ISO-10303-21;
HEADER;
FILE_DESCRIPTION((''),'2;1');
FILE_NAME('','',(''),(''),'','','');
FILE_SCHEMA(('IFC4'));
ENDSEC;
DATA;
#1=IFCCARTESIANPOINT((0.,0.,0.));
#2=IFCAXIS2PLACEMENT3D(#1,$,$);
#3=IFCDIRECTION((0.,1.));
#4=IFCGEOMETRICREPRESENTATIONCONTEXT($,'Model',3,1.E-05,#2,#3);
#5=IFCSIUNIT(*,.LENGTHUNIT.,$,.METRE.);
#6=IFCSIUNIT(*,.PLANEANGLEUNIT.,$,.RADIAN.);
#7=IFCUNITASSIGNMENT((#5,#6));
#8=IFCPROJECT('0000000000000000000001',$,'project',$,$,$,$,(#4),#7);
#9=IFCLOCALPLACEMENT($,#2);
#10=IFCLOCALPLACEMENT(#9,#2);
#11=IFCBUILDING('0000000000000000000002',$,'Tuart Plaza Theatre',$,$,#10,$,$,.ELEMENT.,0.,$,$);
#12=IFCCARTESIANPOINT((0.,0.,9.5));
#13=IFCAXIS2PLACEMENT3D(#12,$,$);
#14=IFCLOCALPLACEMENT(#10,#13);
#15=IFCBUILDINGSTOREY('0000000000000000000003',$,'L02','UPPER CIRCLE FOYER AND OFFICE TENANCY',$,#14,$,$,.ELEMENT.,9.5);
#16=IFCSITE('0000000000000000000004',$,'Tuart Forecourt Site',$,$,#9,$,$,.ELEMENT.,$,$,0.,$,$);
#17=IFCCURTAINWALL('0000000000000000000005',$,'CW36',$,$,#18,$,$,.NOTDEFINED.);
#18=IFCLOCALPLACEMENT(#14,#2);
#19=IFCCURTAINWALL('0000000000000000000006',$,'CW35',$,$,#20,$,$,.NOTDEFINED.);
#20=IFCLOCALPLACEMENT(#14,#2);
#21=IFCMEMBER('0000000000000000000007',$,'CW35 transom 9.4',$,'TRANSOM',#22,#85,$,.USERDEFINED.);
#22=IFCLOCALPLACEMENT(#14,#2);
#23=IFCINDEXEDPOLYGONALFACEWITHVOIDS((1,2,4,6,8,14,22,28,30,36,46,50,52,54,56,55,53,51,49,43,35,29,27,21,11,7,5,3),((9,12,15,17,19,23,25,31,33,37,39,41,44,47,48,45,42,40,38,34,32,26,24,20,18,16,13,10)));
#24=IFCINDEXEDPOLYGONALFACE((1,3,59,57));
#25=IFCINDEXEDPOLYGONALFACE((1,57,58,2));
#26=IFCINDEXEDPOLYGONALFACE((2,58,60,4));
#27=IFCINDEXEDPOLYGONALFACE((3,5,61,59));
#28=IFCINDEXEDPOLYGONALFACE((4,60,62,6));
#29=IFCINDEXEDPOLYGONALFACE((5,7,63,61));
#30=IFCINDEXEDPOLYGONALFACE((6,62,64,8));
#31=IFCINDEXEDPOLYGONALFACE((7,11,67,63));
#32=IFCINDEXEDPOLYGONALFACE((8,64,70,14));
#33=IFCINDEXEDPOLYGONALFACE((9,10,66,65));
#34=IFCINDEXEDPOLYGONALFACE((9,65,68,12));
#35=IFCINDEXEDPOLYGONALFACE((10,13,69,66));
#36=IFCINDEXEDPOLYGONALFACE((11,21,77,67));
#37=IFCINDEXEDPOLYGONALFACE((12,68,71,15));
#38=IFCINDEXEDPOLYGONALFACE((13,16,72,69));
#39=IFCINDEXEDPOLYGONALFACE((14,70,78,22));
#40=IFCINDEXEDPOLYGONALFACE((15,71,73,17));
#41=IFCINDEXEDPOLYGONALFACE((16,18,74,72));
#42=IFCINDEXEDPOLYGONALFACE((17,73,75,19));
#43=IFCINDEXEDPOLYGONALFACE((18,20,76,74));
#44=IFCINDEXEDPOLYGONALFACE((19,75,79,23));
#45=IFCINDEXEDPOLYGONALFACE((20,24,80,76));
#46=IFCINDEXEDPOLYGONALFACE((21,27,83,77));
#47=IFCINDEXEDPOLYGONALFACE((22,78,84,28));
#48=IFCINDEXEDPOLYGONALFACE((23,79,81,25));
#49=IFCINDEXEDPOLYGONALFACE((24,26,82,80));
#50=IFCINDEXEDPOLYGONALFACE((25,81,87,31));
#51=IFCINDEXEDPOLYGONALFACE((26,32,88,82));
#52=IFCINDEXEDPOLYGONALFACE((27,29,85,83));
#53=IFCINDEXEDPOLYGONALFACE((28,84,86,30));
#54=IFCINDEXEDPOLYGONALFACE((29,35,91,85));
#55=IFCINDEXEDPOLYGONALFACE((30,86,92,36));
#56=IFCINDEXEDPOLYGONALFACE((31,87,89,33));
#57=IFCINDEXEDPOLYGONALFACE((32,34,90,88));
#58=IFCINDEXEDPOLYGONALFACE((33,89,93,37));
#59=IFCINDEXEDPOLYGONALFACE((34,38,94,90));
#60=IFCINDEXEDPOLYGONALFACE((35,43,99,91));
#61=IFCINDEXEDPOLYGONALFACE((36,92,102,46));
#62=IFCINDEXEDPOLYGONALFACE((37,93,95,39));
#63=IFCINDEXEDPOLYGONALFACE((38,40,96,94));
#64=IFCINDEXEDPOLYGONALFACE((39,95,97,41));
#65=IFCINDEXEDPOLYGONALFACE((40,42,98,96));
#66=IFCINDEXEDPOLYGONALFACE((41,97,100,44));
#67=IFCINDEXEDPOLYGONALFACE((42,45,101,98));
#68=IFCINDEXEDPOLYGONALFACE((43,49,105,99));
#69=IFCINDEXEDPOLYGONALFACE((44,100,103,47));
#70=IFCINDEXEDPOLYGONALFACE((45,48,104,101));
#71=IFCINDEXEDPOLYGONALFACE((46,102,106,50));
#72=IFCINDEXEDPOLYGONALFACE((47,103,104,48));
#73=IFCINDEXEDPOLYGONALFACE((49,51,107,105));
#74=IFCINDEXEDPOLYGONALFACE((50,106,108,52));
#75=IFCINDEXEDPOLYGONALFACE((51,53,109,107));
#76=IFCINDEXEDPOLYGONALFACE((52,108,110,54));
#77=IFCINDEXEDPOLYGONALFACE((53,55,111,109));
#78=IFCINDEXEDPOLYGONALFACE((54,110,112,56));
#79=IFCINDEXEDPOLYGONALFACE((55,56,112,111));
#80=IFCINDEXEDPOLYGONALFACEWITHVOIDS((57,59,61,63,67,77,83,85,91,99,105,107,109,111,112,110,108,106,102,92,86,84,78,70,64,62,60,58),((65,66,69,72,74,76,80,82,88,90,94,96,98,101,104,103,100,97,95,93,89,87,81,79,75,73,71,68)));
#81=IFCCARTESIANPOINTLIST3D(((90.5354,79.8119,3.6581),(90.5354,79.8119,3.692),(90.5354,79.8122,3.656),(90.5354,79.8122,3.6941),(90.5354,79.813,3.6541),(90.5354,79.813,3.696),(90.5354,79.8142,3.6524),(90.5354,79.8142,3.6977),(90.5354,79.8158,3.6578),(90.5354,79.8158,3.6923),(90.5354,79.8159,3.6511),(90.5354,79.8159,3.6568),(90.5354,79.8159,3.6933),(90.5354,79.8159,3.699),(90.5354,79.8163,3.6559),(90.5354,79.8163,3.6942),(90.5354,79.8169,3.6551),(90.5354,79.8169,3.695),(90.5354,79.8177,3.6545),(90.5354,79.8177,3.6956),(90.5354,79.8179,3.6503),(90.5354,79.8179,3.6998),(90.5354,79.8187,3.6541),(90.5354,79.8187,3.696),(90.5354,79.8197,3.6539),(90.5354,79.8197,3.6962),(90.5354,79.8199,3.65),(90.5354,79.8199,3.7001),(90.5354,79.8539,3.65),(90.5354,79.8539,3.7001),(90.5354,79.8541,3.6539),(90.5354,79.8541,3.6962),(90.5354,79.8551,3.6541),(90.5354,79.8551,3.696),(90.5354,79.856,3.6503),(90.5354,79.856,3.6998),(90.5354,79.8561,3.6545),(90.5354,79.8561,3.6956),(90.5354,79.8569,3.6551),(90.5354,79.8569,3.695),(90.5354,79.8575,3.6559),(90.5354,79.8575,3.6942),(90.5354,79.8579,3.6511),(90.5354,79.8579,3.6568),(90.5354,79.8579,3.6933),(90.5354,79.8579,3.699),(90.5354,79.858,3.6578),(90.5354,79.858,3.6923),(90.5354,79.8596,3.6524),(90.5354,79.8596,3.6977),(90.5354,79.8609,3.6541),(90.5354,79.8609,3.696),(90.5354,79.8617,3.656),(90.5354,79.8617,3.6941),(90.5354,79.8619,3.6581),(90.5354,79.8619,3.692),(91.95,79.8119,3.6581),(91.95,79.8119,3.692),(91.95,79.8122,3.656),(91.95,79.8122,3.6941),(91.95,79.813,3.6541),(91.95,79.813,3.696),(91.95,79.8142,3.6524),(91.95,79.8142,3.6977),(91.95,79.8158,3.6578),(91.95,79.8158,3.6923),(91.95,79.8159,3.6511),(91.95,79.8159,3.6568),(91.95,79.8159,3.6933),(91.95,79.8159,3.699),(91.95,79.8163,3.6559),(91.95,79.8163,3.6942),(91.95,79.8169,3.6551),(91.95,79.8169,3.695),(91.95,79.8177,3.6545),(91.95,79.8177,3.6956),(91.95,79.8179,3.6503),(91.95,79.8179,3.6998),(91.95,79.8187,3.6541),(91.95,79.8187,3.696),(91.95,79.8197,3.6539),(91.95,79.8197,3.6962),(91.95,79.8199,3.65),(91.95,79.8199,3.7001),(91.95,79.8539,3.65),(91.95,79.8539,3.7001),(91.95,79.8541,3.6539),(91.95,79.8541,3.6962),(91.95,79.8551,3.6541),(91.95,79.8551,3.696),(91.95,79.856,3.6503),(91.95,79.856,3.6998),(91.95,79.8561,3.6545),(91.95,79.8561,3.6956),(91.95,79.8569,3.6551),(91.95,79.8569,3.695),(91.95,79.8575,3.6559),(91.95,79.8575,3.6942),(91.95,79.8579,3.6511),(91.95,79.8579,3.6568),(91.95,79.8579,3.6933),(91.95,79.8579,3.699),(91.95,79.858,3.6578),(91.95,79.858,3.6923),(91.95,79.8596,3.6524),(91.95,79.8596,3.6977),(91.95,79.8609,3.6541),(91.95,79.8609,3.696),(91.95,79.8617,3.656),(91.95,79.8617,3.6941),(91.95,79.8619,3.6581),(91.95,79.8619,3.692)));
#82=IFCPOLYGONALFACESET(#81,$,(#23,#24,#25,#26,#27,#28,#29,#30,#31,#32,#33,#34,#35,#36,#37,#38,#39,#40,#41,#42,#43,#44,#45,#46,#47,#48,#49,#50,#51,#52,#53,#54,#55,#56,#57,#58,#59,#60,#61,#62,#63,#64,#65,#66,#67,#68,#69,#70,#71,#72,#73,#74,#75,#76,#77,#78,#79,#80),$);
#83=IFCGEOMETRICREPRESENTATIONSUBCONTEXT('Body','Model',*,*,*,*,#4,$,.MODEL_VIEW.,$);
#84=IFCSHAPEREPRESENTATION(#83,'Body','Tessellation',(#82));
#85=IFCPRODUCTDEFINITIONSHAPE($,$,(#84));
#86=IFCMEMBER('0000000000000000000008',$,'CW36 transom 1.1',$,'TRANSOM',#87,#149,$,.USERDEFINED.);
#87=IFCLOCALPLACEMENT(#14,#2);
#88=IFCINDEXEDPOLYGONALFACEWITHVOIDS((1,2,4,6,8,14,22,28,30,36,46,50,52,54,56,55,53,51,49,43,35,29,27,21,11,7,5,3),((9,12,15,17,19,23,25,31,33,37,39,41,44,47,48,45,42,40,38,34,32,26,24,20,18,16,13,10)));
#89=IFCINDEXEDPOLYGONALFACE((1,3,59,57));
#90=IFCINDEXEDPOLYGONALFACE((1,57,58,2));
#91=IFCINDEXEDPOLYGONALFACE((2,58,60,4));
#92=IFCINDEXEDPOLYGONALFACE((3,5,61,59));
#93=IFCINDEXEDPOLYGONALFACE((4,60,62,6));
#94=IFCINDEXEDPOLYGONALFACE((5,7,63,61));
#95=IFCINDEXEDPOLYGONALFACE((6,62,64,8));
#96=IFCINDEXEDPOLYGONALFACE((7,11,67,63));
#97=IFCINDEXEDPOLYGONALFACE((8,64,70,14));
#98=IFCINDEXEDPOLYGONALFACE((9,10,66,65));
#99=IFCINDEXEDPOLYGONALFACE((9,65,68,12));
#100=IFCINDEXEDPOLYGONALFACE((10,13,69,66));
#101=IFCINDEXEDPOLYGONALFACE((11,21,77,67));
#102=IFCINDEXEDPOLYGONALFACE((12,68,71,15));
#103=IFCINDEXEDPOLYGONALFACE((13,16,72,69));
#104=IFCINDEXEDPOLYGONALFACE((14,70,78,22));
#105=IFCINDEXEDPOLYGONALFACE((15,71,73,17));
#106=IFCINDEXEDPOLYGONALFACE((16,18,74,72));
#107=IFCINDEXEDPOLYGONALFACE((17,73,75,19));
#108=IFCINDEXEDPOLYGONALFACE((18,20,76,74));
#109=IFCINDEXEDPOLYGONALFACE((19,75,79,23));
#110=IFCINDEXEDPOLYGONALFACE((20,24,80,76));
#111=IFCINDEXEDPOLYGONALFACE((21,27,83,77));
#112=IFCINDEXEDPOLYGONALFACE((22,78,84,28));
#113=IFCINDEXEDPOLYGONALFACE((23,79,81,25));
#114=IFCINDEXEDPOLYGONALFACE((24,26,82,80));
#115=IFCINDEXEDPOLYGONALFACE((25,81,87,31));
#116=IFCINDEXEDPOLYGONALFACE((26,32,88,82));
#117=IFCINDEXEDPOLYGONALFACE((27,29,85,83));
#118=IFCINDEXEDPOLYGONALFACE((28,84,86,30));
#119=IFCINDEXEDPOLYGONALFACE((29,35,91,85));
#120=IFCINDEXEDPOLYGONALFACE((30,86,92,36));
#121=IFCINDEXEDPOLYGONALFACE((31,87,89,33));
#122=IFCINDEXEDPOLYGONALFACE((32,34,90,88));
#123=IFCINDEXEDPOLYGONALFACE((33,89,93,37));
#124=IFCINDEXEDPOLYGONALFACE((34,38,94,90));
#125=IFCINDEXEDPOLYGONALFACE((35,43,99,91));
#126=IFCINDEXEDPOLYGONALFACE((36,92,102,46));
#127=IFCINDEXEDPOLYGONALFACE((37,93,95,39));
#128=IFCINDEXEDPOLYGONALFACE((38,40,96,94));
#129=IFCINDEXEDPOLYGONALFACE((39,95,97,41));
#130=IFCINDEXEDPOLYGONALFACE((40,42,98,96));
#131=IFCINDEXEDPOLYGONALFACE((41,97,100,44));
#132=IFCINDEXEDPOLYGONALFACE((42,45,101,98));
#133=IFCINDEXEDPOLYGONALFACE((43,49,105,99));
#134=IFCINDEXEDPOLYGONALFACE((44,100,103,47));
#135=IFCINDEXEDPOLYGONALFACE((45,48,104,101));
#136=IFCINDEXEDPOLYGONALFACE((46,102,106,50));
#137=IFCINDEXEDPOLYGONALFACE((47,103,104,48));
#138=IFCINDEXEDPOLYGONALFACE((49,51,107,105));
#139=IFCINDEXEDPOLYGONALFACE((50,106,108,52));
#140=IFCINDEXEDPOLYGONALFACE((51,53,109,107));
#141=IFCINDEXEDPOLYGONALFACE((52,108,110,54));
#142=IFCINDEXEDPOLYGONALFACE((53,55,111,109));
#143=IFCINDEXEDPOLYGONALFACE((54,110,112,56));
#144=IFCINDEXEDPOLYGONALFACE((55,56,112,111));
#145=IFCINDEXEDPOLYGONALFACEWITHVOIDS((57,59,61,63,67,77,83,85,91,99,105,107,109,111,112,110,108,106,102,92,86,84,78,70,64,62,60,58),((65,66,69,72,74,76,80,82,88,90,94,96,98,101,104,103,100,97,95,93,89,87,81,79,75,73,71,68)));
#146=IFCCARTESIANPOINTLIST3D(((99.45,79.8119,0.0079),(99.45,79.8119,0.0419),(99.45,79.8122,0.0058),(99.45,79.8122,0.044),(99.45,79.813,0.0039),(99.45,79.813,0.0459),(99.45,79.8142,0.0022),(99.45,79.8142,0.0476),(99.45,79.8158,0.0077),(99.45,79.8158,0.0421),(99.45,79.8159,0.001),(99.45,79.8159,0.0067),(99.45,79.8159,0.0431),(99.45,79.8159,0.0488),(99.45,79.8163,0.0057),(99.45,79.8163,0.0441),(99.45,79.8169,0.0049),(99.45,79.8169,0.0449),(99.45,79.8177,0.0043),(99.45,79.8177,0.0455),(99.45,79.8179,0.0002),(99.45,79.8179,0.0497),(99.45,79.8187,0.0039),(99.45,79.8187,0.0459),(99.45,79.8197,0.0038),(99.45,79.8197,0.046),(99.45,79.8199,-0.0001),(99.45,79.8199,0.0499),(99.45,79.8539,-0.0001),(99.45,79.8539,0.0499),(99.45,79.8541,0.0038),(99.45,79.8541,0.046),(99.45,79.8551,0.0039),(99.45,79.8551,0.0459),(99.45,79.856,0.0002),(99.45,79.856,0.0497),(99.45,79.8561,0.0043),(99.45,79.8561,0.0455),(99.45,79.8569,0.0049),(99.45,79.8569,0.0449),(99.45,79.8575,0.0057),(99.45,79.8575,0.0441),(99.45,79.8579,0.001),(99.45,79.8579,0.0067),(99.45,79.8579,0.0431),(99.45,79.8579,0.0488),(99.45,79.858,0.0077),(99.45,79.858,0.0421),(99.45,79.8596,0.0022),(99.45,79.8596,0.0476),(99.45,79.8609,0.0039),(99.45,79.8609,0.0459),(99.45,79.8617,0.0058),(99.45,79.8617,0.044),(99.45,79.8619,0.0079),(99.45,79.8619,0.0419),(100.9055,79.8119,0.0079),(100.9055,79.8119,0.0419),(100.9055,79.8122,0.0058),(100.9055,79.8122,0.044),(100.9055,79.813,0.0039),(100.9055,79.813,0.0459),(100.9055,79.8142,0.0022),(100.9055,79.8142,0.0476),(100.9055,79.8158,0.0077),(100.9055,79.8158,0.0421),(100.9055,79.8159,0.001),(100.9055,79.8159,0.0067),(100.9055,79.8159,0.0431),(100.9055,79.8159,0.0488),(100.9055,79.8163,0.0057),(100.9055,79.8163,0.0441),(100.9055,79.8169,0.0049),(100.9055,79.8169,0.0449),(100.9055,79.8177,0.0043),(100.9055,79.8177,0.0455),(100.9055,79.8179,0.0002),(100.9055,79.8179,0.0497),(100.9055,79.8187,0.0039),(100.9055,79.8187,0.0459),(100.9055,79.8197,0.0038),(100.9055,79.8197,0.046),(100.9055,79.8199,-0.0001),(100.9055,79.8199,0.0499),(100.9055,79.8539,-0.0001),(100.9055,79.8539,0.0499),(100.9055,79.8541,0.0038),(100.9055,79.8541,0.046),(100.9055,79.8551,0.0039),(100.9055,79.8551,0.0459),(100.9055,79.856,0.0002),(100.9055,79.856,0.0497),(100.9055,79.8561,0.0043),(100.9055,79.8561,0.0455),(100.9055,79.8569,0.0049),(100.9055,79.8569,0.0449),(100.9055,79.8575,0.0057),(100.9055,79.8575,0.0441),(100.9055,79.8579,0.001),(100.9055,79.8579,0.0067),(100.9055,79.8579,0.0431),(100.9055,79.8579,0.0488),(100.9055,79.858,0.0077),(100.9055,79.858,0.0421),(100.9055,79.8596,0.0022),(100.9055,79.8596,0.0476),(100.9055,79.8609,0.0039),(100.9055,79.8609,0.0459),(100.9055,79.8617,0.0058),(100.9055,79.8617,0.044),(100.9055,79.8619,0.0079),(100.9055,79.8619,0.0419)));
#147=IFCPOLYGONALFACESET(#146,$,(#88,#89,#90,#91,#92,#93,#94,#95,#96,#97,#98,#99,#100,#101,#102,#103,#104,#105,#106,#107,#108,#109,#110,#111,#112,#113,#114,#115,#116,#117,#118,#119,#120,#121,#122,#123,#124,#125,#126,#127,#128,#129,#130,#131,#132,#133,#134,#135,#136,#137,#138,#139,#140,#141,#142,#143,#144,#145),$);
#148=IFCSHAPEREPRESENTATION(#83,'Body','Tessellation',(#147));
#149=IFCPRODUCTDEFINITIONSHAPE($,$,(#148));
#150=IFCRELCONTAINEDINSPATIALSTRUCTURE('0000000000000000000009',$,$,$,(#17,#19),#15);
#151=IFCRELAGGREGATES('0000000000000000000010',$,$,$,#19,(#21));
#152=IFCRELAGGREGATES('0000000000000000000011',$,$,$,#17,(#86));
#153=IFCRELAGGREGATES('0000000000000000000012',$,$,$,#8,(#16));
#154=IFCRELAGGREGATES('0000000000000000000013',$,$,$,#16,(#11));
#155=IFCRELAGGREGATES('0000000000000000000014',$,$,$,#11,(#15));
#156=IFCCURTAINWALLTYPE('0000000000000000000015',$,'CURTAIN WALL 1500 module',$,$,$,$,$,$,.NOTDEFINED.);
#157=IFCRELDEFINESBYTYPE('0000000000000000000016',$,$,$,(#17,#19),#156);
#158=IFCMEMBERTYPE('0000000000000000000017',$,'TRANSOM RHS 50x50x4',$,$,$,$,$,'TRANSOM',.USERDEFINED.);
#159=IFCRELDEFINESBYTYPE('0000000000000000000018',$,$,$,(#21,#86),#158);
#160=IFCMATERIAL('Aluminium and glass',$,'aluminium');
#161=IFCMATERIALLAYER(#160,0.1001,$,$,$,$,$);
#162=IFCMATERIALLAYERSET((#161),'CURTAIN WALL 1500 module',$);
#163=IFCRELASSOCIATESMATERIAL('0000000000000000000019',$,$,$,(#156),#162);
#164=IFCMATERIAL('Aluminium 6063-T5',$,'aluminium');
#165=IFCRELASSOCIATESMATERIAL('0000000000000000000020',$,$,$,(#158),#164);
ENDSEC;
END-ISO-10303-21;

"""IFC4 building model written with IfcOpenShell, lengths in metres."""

from ifc_helpers import new_model, si_unit, direction, frame, origin, origin_2d, place, context, subcontext, project, spatial, hollow_rectangle, extrude, material, layer, layer_set, material_profile, profile_set, type_object, element, aggregate, save


model = new_model("IFC4")

# Units and contexts
model_context = context("Model", 3, precision=1e-05, world=origin(), true_north=direction((0.0, 1.0)))
body_context = subcontext(model_context, "Body", "Model", "MODEL_VIEW")
ifc_project = project(units=[si_unit("LENGTHUNIT", "METRE"), si_unit("PLANEANGLEUNIT", "RADIAN")], contexts=[model_context])

# Site, building, storey
site_placement = place(None, origin())
site = spatial("IfcSite", under=ifc_project, at=site_placement, Name="Tuart Forecourt Site", CompositionType="ELEMENT", RefElevation=0.0)
building_placement = place(site_placement, origin())
building = spatial("IfcBuilding", under=site, at=building_placement, Name="Tuart Plaza Theatre", CompositionType="ELEMENT", ElevationOfRefHeight=0.0)
storey_placement = place(building_placement, frame((0.0, 0.0, 9.5)))
storey = spatial("IfcBuildingStorey", under=building, at=storey_placement, Name="L02", Description="UPPER CIRCLE FOYER AND OFFICE TENANCY", CompositionType="ELEMENT", Elevation=9.5)

# Curtain wall
ifc_material_1 = material(Name="Aluminium and glass", Category="aluminium")
ifc_layer_1 = layer(ifc_material_1, 0.1001)
ifc_layer_set_1 = layer_set([ifc_layer_1], Name="CURTAIN WALL 1500 module")
curtain_wall_type = type_object("IfcCurtainWallType", Name="CURTAIN WALL 1500 module", PredefinedType="NOTDEFINED", material=ifc_layer_set_1)
curtain_wall_1_placement = place(storey_placement, origin())
curtain_wall_1 = element("IfcCurtainWall", 1, at=curtain_wall_1_placement, inside=storey, type_object=curtain_wall_type, Name="CW36", PredefinedType="NOTDEFINED")

# Curtain wall, member
curtain_wall_2_placement = place(storey_placement, origin())
curtain_wall_2 = element("IfcCurtainWall", 2, at=curtain_wall_2_placement, inside=storey, type_object=curtain_wall_type, Name="CW35", PredefinedType="NOTDEFINED")
ifc_material_2 = material(Name="Aluminium 6063-T5", Category="aluminium")
ifc_material_profile_1 = material_profile(ifc_material_2, hollow_rectangle(XDim=0.05, YDim=0.05, WallThickness=0.0039, InnerFilletRadius=0.0039, OuterFilletRadius=0.0081, at=origin_2d()), Name="RHS 50x50x4")
ifc_profile_set_1 = profile_set([ifc_material_profile_1], Name="Aluminium 6063-T5")
member_type_1 = type_object("IfcMemberType", Name="TRANSOM RHS 50x50x4", ElementType="TRANSOM", PredefinedType="USERDEFINED", material=ifc_profile_set_1)
member_1_placement = place(storey_placement, frame((90.5354, 79.8369, 3.675), z_axis=(1.0, 0.0, 0.0), x_axis=(0.0, 1.0, 0.0)))
member_1 = element("IfcMember", 3, at=member_1_placement, type_object=member_type_1, Name="CW35 transom 9.4", ObjectType="TRANSOM", PredefinedType="USERDEFINED", context=body_context, shape_type="SweptSolid", body=[
    extrude(hollow_rectangle(XDim=0.05, YDim=0.05, WallThickness=0.0039, InnerFilletRadius=0.0039, OuterFilletRadius=0.0081, at=origin_2d()), origin(), (0.0, 0.0, 1.0), 1.4146),
])

# Member
member_2_placement = place(storey_placement, frame((99.45, 79.8369, 0.0249), z_axis=(1.0, 0.0, 0.0), x_axis=(0.0, 1.0, 0.0)))
member_2 = element("IfcMember", 4, at=member_2_placement, type_object=member_type_1, Name="CW36 transom 1.1", ObjectType="TRANSOM", PredefinedType="USERDEFINED", context=body_context, shape_type="SweptSolid", body=[
    extrude(hollow_rectangle(XDim=0.05, YDim=0.05, WallThickness=0.0039, InnerFilletRadius=0.0039, OuterFilletRadius=0.0081, at=origin_2d()), origin(), (0.0, 0.0, 1.0), 1.4556),
])

aggregate(curtain_wall_2, [member_1])
aggregate(curtain_wall_1, [member_2])

save(model, "model.ifc")
